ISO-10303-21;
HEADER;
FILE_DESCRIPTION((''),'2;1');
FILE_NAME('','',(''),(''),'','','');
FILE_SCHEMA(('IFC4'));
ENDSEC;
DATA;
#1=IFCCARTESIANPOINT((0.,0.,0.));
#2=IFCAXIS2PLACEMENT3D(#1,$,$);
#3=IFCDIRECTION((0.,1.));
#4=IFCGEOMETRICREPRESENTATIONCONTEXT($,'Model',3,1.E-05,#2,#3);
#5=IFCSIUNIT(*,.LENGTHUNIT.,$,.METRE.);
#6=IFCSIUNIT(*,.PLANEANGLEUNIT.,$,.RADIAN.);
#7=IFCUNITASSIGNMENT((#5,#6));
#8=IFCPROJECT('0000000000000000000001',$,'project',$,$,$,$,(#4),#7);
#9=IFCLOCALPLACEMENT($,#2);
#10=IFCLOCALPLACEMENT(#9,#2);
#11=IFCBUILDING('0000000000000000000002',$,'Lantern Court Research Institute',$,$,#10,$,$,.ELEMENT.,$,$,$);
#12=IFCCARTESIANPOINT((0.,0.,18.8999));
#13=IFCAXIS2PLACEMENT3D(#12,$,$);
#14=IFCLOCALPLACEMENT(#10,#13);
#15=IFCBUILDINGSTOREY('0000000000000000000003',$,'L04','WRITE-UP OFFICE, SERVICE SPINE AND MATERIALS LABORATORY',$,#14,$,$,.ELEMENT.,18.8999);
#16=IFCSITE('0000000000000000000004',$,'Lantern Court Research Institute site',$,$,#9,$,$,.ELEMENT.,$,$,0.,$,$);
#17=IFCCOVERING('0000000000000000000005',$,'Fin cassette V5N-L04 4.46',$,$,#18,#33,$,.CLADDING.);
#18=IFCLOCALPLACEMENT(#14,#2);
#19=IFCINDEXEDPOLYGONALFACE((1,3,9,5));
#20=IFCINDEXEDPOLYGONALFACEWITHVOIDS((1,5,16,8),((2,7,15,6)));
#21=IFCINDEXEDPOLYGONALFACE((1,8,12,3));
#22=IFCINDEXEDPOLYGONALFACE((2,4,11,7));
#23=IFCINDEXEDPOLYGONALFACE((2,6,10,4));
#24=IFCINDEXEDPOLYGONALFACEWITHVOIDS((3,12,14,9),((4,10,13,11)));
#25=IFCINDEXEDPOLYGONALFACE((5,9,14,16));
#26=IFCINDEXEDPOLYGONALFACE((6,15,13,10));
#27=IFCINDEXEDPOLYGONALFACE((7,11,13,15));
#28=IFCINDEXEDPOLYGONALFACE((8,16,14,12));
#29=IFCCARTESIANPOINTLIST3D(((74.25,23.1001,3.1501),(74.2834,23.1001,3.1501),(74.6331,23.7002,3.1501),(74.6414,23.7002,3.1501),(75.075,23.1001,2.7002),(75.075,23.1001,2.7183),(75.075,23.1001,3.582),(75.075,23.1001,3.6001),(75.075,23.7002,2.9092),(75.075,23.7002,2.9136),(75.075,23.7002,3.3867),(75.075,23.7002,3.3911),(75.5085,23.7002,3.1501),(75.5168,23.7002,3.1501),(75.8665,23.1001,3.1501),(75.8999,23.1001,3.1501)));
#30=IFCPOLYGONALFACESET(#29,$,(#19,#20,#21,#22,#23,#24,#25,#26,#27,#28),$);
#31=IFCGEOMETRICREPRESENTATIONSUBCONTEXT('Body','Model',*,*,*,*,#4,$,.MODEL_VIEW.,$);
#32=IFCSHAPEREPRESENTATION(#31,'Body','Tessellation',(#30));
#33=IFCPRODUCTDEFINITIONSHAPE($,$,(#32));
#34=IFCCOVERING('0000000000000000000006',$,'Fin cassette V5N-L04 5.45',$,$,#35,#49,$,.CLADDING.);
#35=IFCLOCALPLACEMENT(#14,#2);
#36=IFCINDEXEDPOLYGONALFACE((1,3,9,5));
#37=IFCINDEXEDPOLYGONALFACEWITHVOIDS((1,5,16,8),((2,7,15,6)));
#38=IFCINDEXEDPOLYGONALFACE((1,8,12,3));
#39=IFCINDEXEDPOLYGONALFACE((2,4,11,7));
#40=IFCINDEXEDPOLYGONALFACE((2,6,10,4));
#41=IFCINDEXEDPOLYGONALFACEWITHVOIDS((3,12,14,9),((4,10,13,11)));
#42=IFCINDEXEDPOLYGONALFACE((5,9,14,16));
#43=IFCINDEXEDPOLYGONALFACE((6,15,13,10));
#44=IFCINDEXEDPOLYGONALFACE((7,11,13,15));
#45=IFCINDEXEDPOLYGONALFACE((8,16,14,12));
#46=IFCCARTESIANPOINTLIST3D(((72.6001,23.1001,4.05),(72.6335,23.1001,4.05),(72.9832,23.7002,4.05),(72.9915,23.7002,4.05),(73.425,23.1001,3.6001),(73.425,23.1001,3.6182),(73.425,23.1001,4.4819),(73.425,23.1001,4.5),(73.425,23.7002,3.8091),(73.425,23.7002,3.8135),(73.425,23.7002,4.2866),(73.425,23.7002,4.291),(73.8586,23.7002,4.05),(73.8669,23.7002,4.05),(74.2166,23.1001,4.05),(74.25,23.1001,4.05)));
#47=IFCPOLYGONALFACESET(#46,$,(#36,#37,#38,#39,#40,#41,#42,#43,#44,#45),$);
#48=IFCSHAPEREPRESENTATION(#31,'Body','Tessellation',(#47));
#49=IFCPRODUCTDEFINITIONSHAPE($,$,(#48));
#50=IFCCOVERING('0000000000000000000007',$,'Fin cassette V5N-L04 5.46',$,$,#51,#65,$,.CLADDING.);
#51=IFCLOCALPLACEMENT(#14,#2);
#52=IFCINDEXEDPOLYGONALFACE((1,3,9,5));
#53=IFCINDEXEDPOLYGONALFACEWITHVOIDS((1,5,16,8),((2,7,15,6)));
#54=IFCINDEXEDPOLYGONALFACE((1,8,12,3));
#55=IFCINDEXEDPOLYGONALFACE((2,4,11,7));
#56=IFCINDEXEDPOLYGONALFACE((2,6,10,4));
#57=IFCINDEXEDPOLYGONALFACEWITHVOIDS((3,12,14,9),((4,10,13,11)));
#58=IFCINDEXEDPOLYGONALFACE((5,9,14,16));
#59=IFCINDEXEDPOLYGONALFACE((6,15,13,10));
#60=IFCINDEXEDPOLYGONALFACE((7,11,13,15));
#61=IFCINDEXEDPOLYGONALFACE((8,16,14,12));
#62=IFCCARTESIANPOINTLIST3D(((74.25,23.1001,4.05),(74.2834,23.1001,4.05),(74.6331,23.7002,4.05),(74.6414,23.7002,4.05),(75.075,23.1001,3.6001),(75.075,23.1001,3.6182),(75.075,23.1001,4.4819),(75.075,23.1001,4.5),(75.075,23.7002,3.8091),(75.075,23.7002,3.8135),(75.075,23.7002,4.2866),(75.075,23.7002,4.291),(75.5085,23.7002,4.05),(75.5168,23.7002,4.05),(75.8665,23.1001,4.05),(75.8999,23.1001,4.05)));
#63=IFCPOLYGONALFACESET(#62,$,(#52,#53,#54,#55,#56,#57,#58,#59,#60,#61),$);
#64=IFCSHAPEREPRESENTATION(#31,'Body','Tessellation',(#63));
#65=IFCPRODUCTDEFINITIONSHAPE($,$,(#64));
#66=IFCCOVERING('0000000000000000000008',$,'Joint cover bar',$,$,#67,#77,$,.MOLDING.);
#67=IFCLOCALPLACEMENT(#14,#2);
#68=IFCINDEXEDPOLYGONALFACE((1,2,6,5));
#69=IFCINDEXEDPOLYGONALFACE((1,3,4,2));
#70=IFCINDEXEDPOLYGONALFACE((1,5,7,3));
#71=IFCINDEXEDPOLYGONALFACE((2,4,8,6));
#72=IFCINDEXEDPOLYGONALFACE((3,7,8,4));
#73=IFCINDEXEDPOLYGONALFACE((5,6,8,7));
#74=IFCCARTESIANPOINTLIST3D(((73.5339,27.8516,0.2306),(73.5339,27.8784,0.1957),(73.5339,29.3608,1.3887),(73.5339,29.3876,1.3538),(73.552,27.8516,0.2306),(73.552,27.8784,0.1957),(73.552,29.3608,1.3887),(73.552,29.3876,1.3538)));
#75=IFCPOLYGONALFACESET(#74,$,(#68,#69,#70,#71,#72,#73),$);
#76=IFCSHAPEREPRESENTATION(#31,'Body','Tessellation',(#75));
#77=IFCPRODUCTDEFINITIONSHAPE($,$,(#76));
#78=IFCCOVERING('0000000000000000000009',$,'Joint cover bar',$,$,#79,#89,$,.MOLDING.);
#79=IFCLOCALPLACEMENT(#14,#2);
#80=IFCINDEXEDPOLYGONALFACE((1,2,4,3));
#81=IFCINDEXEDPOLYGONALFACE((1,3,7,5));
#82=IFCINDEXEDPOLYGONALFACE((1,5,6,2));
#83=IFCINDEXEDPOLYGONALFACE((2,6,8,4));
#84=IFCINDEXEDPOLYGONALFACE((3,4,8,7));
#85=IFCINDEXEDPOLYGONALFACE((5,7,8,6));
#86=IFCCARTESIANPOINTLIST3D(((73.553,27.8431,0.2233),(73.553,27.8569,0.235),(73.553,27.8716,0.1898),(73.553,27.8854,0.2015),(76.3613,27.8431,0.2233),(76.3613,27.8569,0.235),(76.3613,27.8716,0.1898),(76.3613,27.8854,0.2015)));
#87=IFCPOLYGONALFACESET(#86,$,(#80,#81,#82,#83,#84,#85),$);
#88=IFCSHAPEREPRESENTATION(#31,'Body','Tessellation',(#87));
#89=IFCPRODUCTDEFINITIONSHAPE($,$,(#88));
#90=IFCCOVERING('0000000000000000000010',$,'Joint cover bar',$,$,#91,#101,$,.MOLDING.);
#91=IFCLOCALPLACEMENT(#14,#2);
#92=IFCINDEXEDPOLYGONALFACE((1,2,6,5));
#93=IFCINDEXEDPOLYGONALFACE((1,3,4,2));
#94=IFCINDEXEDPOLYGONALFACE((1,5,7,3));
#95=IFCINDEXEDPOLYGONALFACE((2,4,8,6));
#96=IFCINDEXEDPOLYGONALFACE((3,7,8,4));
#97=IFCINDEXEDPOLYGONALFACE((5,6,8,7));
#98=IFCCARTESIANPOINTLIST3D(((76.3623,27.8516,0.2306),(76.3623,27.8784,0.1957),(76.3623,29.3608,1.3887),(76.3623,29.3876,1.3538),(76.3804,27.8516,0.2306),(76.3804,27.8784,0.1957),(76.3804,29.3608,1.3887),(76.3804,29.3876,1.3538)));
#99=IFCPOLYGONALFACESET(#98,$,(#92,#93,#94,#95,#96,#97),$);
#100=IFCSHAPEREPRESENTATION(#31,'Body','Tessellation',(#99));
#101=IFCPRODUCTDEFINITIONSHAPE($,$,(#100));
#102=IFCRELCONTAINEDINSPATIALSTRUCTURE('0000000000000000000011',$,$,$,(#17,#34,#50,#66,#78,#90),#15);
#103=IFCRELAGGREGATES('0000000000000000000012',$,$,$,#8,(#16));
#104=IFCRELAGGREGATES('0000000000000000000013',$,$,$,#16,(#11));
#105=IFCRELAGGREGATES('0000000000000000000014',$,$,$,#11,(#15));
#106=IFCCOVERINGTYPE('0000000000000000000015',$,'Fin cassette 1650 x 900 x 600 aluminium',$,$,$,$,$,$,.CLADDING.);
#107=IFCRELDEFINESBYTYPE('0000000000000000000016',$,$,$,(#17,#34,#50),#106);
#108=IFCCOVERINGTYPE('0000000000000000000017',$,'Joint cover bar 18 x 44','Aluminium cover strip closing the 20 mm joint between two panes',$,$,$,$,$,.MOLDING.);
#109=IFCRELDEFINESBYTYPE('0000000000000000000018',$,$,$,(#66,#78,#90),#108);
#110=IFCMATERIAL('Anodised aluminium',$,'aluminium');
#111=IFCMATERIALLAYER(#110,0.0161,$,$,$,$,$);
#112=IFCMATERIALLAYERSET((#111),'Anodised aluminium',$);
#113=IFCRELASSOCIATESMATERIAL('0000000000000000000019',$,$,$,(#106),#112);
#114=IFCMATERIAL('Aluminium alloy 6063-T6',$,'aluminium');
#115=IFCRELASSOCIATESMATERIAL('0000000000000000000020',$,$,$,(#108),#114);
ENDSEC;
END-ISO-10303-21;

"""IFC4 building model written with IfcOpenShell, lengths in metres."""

from ifc_helpers import new_model, entity, si_unit, direction, frame, origin, origin_2d, place, context, subcontext, project, spatial, rectangle, extrude, material, layer, layer_set, material_profile, profile_set, type_object, element, save


model = new_model("IFC4")

# Units and contexts
model_context = context("Model", 3, precision=1e-05, world=origin(), true_north=direction((0.0, 1.0)))
body_context = subcontext(model_context, "Body", "Model", "MODEL_VIEW")
ifc_project = project(units=[si_unit("LENGTHUNIT", "METRE"), si_unit("PLANEANGLEUNIT", "RADIAN")], contexts=[model_context])

# Site, building, storey
site_placement = place(None, origin())
site = spatial("IfcSite", under=ifc_project, at=site_placement, Name="Lantern Court Research Institute site", CompositionType="ELEMENT", RefElevation=0.0)
building_placement = place(site_placement, origin())
building = spatial("IfcBuilding", under=site, at=building_placement, Name="Lantern Court Research Institute", CompositionType="ELEMENT")
storey_placement = place(building_placement, frame((0.0, 0.0, 18.8999)))
storey = spatial("IfcBuildingStorey", under=building, at=storey_placement, Name="L04", Description="WRITE-UP OFFICE, SERVICE SPINE AND MATERIALS LABORATORY", CompositionType="ELEMENT", Elevation=18.8999)

# Coverings
ifc_material_1 = material(Name="Anodised aluminium", Category="aluminium")
ifc_layer_1 = layer(ifc_material_1, 0.0161)
ifc_layer_set_1 = layer_set([ifc_layer_1], Name="Anodised aluminium")
covering_type_1 = type_object("IfcCoveringType", Name="Fin cassette 1650 x 900 x 600 aluminium", PredefinedType="CLADDING", material=ifc_layer_set_1)
covering_1_placement = place(storey_placement, frame((75.075, 23.1001, 3.1501), z_axis=(0.0, 1.0, 0.0), x_axis=(-1.0, 0.0, 0.0)))
cartesian_point_1 = entity("IfcCartesianPoint", [0.825, 0.0])
cartesian_point_2 = entity("IfcCartesianPoint", [0.7915, 0.0])
cartesian_point_3 = entity("IfcCartesianPoint", [0.4419, 0.0])
cartesian_point_4 = entity("IfcCartesianPoint", [0.4336, 0.0])
element("IfcCovering", 1, at=covering_1_placement, inside=storey, type_object=covering_type_1, Name="Fin cassette V5N-L04 4.46", PredefinedType="CLADDING", context=body_context, shape_type="SweptSolid", body=[
    entity("IfcExtrudedAreaSolidTapered", entity("IfcArbitraryProfileDefWithVoids", "AREA", None, entity("IfcPolyline", [cartesian_point_1, entity("IfcCartesianPoint", [0.0, 0.45]), entity("IfcCartesianPoint", [-0.825, 0.0]), entity("IfcCartesianPoint", [0.0, -0.45]), cartesian_point_1]), [entity("IfcPolyline", [cartesian_point_2, entity("IfcCartesianPoint", [0.0, 0.4319]), entity("IfcCartesianPoint", [-0.7915, 0.0]), entity("IfcCartesianPoint", [0.0, -0.4319]), cartesian_point_2])]), entity("IfcAxis2Placement3D", entity("IfcCartesianPoint", [0.0, 0.0, 0.0])), entity("IfcDirection", [0.0, 0.0, 1.0]), 0.6001, entity("IfcArbitraryProfileDefWithVoids", "AREA", None, entity("IfcPolyline", [cartesian_point_3, entity("IfcCartesianPoint", [0.0, 0.241]), entity("IfcCartesianPoint", [-0.4419, 0.0]), entity("IfcCartesianPoint", [0.0, -0.241]), cartesian_point_3]), [entity("IfcPolyline", [cartesian_point_4, entity("IfcCartesianPoint", [0.0, 0.2366]), entity("IfcCartesianPoint", [-0.4336, 0.0]), entity("IfcCartesianPoint", [0.0, -0.2366]), cartesian_point_4])])),
])
covering_2_placement = place(storey_placement, frame((73.425, 23.1001, 4.05), z_axis=(0.0, 1.0, 0.0), x_axis=(-1.0, 0.0, 0.0)))
cartesian_point_5 = entity("IfcCartesianPoint", [0.825, 0.0])
cartesian_point_6 = entity("IfcCartesianPoint", [0.7915, 0.0])
cartesian_point_7 = entity("IfcCartesianPoint", [0.4419, 0.0])
cartesian_point_8 = entity("IfcCartesianPoint", [0.4336, 0.0])
element("IfcCovering", 2, at=covering_2_placement, inside=storey, type_object=covering_type_1, Name="Fin cassette V5N-L04 5.45", PredefinedType="CLADDING", context=body_context, shape_type="SweptSolid", body=[
    entity("IfcExtrudedAreaSolidTapered", entity("IfcArbitraryProfileDefWithVoids", "AREA", None, entity("IfcPolyline", [cartesian_point_5, entity("IfcCartesianPoint", [0.0, 0.45]), entity("IfcCartesianPoint", [-0.825, 0.0]), entity("IfcCartesianPoint", [0.0, -0.45]), cartesian_point_5]), [entity("IfcPolyline", [cartesian_point_6, entity("IfcCartesianPoint", [0.0, 0.4319]), entity("IfcCartesianPoint", [-0.7915, 0.0]), entity("IfcCartesianPoint", [0.0, -0.4319]), cartesian_point_6])]), entity("IfcAxis2Placement3D", entity("IfcCartesianPoint", [0.0, 0.0, 0.0])), entity("IfcDirection", [0.0, 0.0, 1.0]), 0.6001, entity("IfcArbitraryProfileDefWithVoids", "AREA", None, entity("IfcPolyline", [cartesian_point_7, entity("IfcCartesianPoint", [0.0, 0.241]), entity("IfcCartesianPoint", [-0.4419, 0.0]), entity("IfcCartesianPoint", [0.0, -0.241]), cartesian_point_7]), [entity("IfcPolyline", [cartesian_point_8, entity("IfcCartesianPoint", [0.0, 0.2366]), entity("IfcCartesianPoint", [-0.4336, 0.0]), entity("IfcCartesianPoint", [0.0, -0.2366]), cartesian_point_8])])),
])
covering_3_placement = place(storey_placement, frame((75.075, 23.1001, 4.05), z_axis=(0.0, 1.0, 0.0), x_axis=(-1.0, 0.0, 0.0)))
cartesian_point_9 = entity("IfcCartesianPoint", [0.825, 0.0])
cartesian_point_10 = entity("IfcCartesianPoint", [0.7915, 0.0])
cartesian_point_11 = entity("IfcCartesianPoint", [0.4419, 0.0])
cartesian_point_12 = entity("IfcCartesianPoint", [0.4336, 0.0])
element("IfcCovering", 3, at=covering_3_placement, inside=storey, type_object=covering_type_1, Name="Fin cassette V5N-L04 5.46", PredefinedType="CLADDING", context=body_context, shape_type="SweptSolid", body=[
    entity("IfcExtrudedAreaSolidTapered", entity("IfcArbitraryProfileDefWithVoids", "AREA", None, entity("IfcPolyline", [cartesian_point_9, entity("IfcCartesianPoint", [0.0, 0.45]), entity("IfcCartesianPoint", [-0.825, 0.0]), entity("IfcCartesianPoint", [0.0, -0.45]), cartesian_point_9]), [entity("IfcPolyline", [cartesian_point_10, entity("IfcCartesianPoint", [0.0, 0.4319]), entity("IfcCartesianPoint", [-0.7915, 0.0]), entity("IfcCartesianPoint", [0.0, -0.4319]), cartesian_point_10])]), entity("IfcAxis2Placement3D", entity("IfcCartesianPoint", [0.0, 0.0, 0.0])), entity("IfcDirection", [0.0, 0.0, 1.0]), 0.6001, entity("IfcArbitraryProfileDefWithVoids", "AREA", None, entity("IfcPolyline", [cartesian_point_11, entity("IfcCartesianPoint", [0.0, 0.241]), entity("IfcCartesianPoint", [-0.4419, 0.0]), entity("IfcCartesianPoint", [0.0, -0.241]), cartesian_point_11]), [entity("IfcPolyline", [cartesian_point_12, entity("IfcCartesianPoint", [0.0, 0.2366]), entity("IfcCartesianPoint", [-0.4336, 0.0]), entity("IfcCartesianPoint", [0.0, -0.2366]), cartesian_point_12])])),
])
ifc_material_2 = material(Name="Aluminium alloy 6063-T6", Category="aluminium")
ifc_material_profile_1 = material_profile(ifc_material_2, rectangle(XDim=0.0181, YDim=0.0439, at=origin_2d()), Name="Joint cover bar 18 x 44")
ifc_profile_set_1 = profile_set([ifc_material_profile_1], Name="Aluminium alloy 6063-T6")
covering_type_2 = type_object("IfcCoveringType", Name="Joint cover bar 18 x 44", Description="Aluminium cover strip closing the 20 mm joint between two panes", PredefinedType="MOLDING", material=ifc_profile_set_1)
covering_4_placement = place(storey_placement, frame((73.543, 27.865, 0.2131), z_axis=(0.0, 0.79333, 0.608792), x_axis=(-1.0, 0.0, 0.0)))
element("IfcCovering", 4, at=covering_4_placement, inside=storey, type_object=covering_type_2, Name="Joint cover bar", PredefinedType="MOLDING", context=body_context, shape_type="SweptSolid", body=[
    extrude(rectangle(XDim=0.0181, YDim=0.0439, at=origin_2d()), origin(), (0.0, 0.0, 1.0), 1.9023),
])
covering_5_placement = place(storey_placement, frame((73.553, 27.8643, 0.2124), z_axis=(1.0, 0.0, 0.0), x_axis=(0.0, 0.761673, 0.647962)))
element("IfcCovering", 5, at=covering_5_placement, inside=storey, type_object=covering_type_2, Name="Joint cover bar", PredefinedType="MOLDING", context=body_context, shape_type="SweptSolid", body=[
    extrude(rectangle(XDim=0.0181, YDim=0.0439, at=origin_2d()), origin(), (0.0, 0.0, 1.0), 2.8083),
])
covering_6_placement = place(storey_placement, frame((76.3713, 27.865, 0.2131), z_axis=(0.0, 0.79333, 0.608792), x_axis=(-1.0, 0.0, 0.0)))
element("IfcCovering", 6, at=covering_6_placement, inside=storey, type_object=covering_type_2, Name="Joint cover bar", PredefinedType="MOLDING", context=body_context, shape_type="SweptSolid", body=[
    extrude(rectangle(XDim=0.0181, YDim=0.0439, at=origin_2d()), origin(), (0.0, 0.0, 1.0), 1.9023),
])

save(model, "model.ifc")
